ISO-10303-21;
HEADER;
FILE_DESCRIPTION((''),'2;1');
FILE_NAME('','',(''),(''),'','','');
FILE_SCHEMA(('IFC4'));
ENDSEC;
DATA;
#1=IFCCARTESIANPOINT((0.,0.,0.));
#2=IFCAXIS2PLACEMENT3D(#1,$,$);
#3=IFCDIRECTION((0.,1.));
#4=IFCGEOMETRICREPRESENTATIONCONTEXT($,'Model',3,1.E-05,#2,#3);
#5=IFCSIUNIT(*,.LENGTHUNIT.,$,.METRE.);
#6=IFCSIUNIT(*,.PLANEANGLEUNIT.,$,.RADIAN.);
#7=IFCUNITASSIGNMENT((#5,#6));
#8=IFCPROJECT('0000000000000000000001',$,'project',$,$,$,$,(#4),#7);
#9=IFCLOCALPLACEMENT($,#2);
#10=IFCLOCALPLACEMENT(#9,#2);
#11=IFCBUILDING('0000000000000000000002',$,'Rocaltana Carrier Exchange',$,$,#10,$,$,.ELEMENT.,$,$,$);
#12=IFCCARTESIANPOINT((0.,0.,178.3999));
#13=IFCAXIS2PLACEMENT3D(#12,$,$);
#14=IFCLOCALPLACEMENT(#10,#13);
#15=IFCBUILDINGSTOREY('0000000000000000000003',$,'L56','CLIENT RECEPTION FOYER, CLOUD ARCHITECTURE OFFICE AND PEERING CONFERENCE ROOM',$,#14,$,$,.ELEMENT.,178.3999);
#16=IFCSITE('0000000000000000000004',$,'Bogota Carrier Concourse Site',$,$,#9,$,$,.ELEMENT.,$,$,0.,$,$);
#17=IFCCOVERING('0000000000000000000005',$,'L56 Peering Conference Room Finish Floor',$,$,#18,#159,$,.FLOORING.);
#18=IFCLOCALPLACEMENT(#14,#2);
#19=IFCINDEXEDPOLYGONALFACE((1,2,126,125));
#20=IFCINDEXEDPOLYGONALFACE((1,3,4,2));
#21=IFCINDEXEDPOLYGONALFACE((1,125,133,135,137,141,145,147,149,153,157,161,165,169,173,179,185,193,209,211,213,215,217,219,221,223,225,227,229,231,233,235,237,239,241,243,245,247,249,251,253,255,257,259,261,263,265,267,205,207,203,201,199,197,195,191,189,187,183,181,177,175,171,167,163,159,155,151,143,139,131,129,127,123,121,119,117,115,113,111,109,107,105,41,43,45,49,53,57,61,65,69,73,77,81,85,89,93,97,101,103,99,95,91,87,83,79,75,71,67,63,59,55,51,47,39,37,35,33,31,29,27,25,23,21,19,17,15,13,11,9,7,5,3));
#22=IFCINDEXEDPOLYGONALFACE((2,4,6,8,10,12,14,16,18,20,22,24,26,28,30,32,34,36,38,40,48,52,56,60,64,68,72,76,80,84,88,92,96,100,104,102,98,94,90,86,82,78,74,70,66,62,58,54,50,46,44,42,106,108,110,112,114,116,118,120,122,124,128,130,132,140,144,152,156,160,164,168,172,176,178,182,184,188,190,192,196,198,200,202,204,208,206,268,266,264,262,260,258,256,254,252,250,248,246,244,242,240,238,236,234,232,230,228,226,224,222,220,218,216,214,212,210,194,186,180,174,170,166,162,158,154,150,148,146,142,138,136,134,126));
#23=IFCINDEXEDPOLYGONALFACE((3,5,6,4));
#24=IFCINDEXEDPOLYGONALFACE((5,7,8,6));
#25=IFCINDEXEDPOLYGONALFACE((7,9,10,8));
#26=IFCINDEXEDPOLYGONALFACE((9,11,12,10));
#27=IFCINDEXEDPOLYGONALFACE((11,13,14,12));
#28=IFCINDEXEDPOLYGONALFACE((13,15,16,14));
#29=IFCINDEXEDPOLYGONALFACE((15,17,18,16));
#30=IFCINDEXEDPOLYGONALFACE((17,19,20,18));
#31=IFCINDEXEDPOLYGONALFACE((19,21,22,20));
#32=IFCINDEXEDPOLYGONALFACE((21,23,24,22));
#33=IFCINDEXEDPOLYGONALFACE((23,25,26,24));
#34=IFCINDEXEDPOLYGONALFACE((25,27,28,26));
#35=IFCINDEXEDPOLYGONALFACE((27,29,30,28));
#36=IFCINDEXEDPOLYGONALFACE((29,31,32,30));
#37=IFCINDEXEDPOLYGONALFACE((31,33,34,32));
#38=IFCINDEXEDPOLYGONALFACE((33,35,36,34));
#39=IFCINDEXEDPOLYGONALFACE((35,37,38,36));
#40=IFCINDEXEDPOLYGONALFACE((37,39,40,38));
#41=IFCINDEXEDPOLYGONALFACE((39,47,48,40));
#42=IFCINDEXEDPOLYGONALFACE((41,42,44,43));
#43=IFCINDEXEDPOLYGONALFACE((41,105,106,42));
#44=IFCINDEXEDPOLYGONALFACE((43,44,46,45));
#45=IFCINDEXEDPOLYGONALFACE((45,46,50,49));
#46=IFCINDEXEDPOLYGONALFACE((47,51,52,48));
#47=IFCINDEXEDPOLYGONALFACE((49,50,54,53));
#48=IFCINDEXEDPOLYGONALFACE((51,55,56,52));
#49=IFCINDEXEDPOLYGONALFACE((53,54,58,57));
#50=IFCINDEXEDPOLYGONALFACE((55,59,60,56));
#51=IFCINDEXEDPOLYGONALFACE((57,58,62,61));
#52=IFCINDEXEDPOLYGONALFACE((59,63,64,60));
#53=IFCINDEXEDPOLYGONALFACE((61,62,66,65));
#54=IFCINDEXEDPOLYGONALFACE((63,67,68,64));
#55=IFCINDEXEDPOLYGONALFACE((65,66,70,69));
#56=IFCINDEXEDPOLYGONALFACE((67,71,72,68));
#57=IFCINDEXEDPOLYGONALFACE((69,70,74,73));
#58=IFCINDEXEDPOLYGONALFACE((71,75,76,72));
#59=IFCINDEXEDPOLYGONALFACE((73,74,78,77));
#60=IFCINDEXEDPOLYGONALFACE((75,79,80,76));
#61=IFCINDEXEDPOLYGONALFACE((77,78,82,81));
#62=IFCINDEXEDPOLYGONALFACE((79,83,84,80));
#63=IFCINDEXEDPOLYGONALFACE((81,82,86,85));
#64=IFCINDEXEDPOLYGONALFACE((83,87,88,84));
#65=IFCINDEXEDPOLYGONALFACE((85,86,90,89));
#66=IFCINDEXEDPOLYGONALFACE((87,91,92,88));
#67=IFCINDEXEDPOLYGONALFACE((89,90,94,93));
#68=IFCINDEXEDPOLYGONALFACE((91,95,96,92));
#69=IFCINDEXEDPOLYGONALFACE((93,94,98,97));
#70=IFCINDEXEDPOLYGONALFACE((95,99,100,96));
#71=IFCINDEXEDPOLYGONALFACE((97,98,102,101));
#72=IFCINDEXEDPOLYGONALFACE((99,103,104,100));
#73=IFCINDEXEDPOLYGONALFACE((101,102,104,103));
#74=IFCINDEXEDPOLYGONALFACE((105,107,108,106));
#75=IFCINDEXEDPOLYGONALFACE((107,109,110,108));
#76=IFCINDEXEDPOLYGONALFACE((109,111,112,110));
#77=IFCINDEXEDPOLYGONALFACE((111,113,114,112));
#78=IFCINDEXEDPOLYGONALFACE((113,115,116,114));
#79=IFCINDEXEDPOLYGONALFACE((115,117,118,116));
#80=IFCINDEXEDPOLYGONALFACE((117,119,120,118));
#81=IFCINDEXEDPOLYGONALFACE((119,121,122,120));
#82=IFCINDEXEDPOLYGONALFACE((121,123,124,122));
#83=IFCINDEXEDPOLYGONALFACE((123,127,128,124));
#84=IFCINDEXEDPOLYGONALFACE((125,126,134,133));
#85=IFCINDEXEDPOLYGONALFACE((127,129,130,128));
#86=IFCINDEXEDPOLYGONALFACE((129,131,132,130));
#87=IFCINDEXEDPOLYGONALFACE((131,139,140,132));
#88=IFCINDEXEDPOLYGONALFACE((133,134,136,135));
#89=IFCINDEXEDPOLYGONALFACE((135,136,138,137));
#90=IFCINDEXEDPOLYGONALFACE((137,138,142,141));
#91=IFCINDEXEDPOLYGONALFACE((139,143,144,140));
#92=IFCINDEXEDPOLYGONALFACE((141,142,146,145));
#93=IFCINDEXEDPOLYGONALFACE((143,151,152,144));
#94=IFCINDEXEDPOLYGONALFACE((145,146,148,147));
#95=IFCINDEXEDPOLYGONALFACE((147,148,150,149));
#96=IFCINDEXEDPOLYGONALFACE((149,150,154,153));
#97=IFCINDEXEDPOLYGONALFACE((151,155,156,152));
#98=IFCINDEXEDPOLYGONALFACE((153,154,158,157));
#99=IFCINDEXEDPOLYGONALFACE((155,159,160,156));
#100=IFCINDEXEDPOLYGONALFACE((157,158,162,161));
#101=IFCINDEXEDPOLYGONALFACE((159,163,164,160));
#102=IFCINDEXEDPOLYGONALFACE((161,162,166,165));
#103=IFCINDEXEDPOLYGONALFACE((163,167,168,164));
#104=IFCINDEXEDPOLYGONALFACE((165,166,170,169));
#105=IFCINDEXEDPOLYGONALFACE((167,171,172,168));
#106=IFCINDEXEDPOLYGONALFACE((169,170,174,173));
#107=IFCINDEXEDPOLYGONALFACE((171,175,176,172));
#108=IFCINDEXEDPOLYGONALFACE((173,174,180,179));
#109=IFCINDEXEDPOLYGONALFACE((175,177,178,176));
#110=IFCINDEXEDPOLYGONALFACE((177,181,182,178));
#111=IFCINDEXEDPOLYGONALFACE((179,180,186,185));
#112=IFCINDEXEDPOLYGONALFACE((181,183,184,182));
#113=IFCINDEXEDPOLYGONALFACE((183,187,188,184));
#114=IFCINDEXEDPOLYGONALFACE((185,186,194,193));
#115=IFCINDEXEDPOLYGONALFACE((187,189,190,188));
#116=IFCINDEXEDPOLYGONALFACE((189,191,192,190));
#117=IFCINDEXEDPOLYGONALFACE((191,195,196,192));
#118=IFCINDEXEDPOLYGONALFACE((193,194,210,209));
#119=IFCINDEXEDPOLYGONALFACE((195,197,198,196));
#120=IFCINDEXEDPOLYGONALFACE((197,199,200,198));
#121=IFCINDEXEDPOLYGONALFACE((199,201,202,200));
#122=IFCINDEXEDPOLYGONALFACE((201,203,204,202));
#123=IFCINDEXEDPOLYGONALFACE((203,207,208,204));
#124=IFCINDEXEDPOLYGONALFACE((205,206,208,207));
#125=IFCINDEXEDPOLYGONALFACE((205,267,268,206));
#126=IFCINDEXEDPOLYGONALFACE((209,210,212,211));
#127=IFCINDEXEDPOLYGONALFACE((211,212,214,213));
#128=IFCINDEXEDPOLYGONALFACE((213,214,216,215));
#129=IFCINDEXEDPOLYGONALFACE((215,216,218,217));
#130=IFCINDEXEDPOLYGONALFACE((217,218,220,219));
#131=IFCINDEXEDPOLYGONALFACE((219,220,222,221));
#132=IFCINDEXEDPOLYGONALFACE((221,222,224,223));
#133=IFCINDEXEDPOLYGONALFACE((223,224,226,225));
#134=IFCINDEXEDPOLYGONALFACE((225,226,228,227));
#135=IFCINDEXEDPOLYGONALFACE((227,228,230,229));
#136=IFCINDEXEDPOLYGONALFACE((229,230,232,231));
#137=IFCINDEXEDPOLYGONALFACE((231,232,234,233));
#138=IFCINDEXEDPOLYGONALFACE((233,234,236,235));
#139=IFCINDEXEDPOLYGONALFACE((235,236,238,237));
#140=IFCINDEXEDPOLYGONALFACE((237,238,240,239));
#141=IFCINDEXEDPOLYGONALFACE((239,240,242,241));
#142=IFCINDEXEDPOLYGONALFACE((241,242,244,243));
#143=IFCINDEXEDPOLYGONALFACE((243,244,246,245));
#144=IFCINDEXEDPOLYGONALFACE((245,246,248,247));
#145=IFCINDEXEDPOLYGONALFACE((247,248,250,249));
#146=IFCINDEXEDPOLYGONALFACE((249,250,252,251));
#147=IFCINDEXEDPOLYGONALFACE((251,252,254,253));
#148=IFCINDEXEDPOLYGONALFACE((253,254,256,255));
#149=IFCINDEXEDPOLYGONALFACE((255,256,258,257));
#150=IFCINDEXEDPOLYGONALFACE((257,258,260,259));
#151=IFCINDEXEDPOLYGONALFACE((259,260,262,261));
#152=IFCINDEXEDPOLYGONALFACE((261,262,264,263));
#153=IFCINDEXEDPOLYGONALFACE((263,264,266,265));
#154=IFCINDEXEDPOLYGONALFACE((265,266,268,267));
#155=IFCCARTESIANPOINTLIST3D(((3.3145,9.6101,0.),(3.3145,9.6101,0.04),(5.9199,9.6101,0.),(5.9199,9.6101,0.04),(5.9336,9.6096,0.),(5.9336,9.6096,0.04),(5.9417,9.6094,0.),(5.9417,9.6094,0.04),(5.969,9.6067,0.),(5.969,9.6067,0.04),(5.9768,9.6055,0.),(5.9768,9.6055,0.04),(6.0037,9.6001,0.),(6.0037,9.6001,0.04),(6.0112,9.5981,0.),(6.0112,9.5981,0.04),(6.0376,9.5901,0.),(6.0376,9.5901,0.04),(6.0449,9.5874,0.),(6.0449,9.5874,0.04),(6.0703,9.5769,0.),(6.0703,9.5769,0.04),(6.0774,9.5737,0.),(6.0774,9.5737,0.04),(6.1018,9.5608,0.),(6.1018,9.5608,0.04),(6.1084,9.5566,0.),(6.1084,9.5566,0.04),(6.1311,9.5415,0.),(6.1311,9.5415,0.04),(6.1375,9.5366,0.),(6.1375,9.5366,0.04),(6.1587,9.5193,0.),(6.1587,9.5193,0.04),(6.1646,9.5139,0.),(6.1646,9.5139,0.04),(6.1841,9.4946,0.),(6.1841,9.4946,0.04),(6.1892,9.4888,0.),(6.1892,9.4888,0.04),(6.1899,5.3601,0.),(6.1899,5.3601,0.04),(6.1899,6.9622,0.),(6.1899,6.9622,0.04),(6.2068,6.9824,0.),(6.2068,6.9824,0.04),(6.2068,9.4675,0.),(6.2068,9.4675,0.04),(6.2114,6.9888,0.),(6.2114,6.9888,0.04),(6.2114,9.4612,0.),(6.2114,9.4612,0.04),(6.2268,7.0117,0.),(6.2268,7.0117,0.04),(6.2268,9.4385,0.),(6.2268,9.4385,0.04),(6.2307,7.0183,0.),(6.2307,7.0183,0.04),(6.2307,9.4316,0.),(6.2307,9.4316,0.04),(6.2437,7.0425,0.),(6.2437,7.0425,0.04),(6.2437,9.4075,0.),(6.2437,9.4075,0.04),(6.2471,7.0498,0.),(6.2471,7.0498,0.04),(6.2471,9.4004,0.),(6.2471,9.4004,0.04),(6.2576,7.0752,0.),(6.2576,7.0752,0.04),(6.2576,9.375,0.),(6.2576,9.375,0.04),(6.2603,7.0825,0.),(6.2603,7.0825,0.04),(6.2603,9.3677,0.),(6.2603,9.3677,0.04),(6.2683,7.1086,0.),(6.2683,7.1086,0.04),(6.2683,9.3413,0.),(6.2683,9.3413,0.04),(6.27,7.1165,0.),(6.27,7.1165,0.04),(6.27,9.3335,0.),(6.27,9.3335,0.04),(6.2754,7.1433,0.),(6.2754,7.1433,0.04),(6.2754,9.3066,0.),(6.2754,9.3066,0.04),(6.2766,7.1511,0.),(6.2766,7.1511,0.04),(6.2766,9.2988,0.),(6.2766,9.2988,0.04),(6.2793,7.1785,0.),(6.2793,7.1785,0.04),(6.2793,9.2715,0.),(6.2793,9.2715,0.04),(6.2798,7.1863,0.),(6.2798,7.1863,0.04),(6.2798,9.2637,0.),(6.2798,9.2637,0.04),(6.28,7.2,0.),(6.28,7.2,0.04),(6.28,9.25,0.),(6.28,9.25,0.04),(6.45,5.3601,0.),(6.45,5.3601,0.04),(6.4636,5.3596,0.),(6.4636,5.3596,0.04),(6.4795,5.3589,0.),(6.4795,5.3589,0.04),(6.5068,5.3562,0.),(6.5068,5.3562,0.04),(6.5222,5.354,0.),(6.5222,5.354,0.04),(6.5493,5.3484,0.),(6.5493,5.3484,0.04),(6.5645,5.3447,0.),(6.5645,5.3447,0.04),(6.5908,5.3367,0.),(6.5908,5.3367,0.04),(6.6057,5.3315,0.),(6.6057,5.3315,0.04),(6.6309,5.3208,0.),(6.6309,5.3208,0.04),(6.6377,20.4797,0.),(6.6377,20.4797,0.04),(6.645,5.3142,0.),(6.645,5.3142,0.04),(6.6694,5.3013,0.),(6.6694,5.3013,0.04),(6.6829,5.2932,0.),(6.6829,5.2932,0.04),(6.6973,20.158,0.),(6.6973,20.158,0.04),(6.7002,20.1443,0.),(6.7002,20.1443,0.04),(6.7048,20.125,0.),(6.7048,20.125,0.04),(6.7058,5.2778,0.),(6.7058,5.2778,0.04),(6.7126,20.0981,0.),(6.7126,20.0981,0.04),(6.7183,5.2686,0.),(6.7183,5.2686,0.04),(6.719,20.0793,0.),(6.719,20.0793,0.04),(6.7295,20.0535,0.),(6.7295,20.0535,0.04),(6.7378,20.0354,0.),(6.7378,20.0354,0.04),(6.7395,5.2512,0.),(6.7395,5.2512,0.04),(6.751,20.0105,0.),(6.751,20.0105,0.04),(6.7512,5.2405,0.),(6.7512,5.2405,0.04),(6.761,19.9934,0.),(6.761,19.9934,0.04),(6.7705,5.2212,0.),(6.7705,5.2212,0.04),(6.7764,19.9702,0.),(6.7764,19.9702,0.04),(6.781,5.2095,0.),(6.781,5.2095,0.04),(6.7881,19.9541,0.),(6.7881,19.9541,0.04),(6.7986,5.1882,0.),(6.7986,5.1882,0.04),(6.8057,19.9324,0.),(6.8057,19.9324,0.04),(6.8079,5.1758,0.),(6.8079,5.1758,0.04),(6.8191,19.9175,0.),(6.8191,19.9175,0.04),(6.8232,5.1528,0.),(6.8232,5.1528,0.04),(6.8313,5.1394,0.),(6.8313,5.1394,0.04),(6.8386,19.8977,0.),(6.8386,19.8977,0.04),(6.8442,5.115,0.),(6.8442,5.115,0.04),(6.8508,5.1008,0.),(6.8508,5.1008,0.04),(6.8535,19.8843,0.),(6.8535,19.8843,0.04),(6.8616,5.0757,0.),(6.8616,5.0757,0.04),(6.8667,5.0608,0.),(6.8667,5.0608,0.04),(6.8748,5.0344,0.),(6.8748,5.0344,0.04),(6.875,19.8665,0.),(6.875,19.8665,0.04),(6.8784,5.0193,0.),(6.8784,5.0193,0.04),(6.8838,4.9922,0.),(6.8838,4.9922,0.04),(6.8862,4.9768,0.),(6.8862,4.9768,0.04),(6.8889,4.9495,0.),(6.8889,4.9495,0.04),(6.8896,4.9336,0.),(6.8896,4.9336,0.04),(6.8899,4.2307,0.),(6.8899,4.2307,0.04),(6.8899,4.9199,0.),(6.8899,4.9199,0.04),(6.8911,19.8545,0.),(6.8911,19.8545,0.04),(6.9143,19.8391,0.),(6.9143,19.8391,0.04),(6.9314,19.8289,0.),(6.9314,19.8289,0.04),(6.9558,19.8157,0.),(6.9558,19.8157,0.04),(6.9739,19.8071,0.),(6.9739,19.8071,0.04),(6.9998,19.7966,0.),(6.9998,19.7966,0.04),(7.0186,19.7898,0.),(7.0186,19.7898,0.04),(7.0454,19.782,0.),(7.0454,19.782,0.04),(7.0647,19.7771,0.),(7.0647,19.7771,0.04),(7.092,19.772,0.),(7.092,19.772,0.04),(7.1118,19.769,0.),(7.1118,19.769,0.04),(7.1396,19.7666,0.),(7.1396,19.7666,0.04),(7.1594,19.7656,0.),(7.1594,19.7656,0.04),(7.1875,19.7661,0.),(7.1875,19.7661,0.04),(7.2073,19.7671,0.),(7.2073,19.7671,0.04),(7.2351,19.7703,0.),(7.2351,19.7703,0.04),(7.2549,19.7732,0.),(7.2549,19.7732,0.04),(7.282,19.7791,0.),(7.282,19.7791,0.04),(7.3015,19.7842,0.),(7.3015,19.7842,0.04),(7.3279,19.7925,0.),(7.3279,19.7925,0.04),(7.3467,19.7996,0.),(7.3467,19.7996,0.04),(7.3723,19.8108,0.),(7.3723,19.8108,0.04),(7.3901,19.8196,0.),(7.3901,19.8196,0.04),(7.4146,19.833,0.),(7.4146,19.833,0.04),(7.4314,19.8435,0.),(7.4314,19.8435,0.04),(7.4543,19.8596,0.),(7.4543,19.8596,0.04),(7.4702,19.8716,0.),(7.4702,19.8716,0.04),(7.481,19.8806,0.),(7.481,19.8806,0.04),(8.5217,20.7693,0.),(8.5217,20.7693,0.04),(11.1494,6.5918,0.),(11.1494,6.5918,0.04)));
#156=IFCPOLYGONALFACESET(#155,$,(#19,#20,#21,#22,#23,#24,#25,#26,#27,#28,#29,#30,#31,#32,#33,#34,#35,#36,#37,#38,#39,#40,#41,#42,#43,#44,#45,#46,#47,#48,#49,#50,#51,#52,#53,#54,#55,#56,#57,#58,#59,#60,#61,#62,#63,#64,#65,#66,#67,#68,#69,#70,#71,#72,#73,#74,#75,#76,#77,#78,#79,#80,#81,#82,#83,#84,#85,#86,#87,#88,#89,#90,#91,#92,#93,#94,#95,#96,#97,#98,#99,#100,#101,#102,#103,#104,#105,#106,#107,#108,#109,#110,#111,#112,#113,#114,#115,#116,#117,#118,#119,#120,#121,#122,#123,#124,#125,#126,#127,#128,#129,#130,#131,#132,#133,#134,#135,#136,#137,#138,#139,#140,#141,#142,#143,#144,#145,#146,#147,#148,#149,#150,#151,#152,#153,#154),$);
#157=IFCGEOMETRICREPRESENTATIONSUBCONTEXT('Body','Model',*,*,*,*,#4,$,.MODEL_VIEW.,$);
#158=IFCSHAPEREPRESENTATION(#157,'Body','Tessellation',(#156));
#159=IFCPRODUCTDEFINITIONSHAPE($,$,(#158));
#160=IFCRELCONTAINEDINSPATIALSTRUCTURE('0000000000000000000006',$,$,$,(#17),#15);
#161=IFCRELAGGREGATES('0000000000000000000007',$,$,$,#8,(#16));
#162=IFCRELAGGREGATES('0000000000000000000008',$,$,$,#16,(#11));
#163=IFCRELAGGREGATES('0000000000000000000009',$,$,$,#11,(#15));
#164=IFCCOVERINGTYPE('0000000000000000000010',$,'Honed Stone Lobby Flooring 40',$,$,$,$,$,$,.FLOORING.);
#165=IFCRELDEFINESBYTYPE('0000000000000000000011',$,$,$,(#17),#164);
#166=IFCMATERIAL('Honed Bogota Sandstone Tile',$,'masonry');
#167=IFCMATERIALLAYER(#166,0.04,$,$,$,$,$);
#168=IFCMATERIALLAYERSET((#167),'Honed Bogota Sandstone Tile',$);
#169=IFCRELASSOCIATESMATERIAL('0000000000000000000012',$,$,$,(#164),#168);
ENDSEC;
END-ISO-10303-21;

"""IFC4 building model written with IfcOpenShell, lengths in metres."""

from ifc_helpers import new_model, si_unit, direction, frame, origin, place, context, subcontext, project, spatial, polyline, outline, extrude, material, layer, layer_set, type_object, element, save


model = new_model("IFC4")

# Units and contexts
model_context = context("Model", 3, precision=1e-05, world=origin(), true_north=direction((0.0, 1.0)))
body_context = subcontext(model_context, "Body", "Model", "MODEL_VIEW")
ifc_project = project(units=[si_unit("LENGTHUNIT", "METRE"), si_unit("PLANEANGLEUNIT", "RADIAN")], contexts=[model_context])

# Site, building, storey
site_placement = place(None, origin())
site = spatial("IfcSite", under=ifc_project, at=site_placement, Name="Bogota Carrier Concourse Site", CompositionType="ELEMENT", RefElevation=0.0)
building_placement = place(site_placement, origin())
building = spatial("IfcBuilding", under=site, at=building_placement, Name="Rocaltana Carrier Exchange", CompositionType="ELEMENT")
storey_placement = place(building_placement, frame((0.0, 0.0, 178.3999)))
storey = spatial("IfcBuildingStorey", under=building, at=storey_placement, Name="L56", Description="CLIENT RECEPTION FOYER, CLOUD ARCHITECTURE OFFICE AND PEERING CONFERENCE ROOM", CompositionType="ELEMENT", Elevation=178.3999)

# Covering
ifc_material_1 = material(Name="Honed Bogota Sandstone Tile", Category="masonry")
ifc_layer_1 = layer(ifc_material_1, 0.04)
ifc_layer_set_1 = layer_set([ifc_layer_1], Name="Honed Bogota Sandstone Tile")
covering_type_1 = type_object("IfcCoveringType", Name="Honed Stone Lobby Flooring 40", PredefinedType="FLOORING", material=ifc_layer_set_1)
covering_1_placement = place(storey_placement, origin())
element("IfcCovering", 1, at=covering_1_placement, inside=storey, type_object=covering_type_1, Name="L56 Peering Conference Room Finish Floor", PredefinedType="FLOORING", context=body_context, shape_type="SweptSolid", body=[
    extrude(outline(polyline([(6.1899, 6.9622), (6.2068, 6.9824), (6.2114, 6.9888), (6.2268, 7.0117), (6.2307, 7.0183), (6.2437, 7.0425), (6.2471, 7.0498), (6.2576, 7.0752), (6.2603, 7.0825), (6.2683, 7.1086), (6.27, 7.1165), (6.2754, 7.1433), (6.2766, 7.1511), (6.2793, 7.1785), (6.2798, 7.1863), (6.28, 7.2), (6.28, 9.25), (6.2798, 9.2637), (6.2793, 9.2715), (6.2766, 9.2988), (6.2754, 9.3066), (6.27, 9.3335), (6.2683, 9.3413), (6.2603, 9.3677), (6.2576, 9.375), (6.2471, 9.4004), (6.2437, 9.4075), (6.2307, 9.4316), (6.2268, 9.4385), (6.2114, 9.4612), (6.2068, 9.4675), (6.1892, 9.4888), (6.1841, 9.4946), (6.1646, 9.5139), (6.1587, 9.5193), (6.1375, 9.5366), (6.1311, 9.5415), (6.1084, 9.5566), (6.1018, 9.5608), (6.0774, 9.5737), (6.0703, 9.5769), (6.0449, 9.5874), (6.0376, 9.5901), (6.0112, 9.5981), (6.0037, 9.6001), (5.9768, 9.6055), (5.969, 9.6067), (5.9417, 9.6094), (5.9336, 9.6096), (5.9199, 9.6101), (3.3145, 9.6101), (6.6377, 20.4797), (6.6973, 20.158), (6.7002, 20.1443), (6.7048, 20.125), (6.7126, 20.0981), (6.719, 20.0793), (6.7295, 20.0535), (6.7378, 20.0354), (6.751, 20.0105), (6.761, 19.9934), (6.7764, 19.9702), (6.7881, 19.9541), (6.8057, 19.9324), (6.8191, 19.9175), (6.8386, 19.8977), (6.8535, 19.8843), (6.875, 19.8665), (6.8911, 19.8545), (6.9143, 19.8391), (6.9314, 19.8289), (6.9558, 19.8157), (6.9739, 19.8071), (6.9998, 19.7966), (7.0186, 19.7898), (7.0454, 19.782), (7.0647, 19.7771), (7.092, 19.772), (7.1118, 19.769), (7.1396, 19.7666), (7.1594, 19.7656), (7.1875, 19.7661), (7.2073, 19.7671), (7.2351, 19.7703), (7.2549, 19.7732), (7.282, 19.7791), (7.3015, 19.7842), (7.3279, 19.7925), (7.3467, 19.7996), (7.3723, 19.8108), (7.3901, 19.8196), (7.4146, 19.833), (7.4314, 19.8435), (7.4543, 19.8596), (7.4702, 19.8716), (7.481, 19.8806), (8.5217, 20.7693), (11.1494, 6.5918), (6.8899, 4.2307), (6.8899, 4.9199), (6.8896, 4.9336), (6.8889, 4.9495), (6.8862, 4.9768), (6.8838, 4.9922), (6.8784, 5.0193), (6.8748, 5.0344), (6.8667, 5.0608), (6.8616, 5.0757), (6.8508, 5.1008), (6.8442, 5.115), (6.8313, 5.1394), (6.8232, 5.1528), (6.8079, 5.1758), (6.7986, 5.1882), (6.781, 5.2095), (6.7705, 5.2212), (6.7512, 5.2405), (6.7395, 5.2512), (6.7183, 5.2686), (6.7058, 5.2778), (6.6829, 5.2932), (6.6694, 5.3013), (6.645, 5.3142), (6.6309, 5.3208), (6.6057, 5.3315), (6.5908, 5.3367), (6.5645, 5.3447), (6.5493, 5.3484), (6.5222, 5.354), (6.5068, 5.3562), (6.4795, 5.3589), (6.4636, 5.3596), (6.45, 5.3601), (6.1899, 5.3601), (6.1899, 6.9622)])), origin(), (0.0, 0.0, 1.0), 0.04),
])

save(model, "model.ifc")
